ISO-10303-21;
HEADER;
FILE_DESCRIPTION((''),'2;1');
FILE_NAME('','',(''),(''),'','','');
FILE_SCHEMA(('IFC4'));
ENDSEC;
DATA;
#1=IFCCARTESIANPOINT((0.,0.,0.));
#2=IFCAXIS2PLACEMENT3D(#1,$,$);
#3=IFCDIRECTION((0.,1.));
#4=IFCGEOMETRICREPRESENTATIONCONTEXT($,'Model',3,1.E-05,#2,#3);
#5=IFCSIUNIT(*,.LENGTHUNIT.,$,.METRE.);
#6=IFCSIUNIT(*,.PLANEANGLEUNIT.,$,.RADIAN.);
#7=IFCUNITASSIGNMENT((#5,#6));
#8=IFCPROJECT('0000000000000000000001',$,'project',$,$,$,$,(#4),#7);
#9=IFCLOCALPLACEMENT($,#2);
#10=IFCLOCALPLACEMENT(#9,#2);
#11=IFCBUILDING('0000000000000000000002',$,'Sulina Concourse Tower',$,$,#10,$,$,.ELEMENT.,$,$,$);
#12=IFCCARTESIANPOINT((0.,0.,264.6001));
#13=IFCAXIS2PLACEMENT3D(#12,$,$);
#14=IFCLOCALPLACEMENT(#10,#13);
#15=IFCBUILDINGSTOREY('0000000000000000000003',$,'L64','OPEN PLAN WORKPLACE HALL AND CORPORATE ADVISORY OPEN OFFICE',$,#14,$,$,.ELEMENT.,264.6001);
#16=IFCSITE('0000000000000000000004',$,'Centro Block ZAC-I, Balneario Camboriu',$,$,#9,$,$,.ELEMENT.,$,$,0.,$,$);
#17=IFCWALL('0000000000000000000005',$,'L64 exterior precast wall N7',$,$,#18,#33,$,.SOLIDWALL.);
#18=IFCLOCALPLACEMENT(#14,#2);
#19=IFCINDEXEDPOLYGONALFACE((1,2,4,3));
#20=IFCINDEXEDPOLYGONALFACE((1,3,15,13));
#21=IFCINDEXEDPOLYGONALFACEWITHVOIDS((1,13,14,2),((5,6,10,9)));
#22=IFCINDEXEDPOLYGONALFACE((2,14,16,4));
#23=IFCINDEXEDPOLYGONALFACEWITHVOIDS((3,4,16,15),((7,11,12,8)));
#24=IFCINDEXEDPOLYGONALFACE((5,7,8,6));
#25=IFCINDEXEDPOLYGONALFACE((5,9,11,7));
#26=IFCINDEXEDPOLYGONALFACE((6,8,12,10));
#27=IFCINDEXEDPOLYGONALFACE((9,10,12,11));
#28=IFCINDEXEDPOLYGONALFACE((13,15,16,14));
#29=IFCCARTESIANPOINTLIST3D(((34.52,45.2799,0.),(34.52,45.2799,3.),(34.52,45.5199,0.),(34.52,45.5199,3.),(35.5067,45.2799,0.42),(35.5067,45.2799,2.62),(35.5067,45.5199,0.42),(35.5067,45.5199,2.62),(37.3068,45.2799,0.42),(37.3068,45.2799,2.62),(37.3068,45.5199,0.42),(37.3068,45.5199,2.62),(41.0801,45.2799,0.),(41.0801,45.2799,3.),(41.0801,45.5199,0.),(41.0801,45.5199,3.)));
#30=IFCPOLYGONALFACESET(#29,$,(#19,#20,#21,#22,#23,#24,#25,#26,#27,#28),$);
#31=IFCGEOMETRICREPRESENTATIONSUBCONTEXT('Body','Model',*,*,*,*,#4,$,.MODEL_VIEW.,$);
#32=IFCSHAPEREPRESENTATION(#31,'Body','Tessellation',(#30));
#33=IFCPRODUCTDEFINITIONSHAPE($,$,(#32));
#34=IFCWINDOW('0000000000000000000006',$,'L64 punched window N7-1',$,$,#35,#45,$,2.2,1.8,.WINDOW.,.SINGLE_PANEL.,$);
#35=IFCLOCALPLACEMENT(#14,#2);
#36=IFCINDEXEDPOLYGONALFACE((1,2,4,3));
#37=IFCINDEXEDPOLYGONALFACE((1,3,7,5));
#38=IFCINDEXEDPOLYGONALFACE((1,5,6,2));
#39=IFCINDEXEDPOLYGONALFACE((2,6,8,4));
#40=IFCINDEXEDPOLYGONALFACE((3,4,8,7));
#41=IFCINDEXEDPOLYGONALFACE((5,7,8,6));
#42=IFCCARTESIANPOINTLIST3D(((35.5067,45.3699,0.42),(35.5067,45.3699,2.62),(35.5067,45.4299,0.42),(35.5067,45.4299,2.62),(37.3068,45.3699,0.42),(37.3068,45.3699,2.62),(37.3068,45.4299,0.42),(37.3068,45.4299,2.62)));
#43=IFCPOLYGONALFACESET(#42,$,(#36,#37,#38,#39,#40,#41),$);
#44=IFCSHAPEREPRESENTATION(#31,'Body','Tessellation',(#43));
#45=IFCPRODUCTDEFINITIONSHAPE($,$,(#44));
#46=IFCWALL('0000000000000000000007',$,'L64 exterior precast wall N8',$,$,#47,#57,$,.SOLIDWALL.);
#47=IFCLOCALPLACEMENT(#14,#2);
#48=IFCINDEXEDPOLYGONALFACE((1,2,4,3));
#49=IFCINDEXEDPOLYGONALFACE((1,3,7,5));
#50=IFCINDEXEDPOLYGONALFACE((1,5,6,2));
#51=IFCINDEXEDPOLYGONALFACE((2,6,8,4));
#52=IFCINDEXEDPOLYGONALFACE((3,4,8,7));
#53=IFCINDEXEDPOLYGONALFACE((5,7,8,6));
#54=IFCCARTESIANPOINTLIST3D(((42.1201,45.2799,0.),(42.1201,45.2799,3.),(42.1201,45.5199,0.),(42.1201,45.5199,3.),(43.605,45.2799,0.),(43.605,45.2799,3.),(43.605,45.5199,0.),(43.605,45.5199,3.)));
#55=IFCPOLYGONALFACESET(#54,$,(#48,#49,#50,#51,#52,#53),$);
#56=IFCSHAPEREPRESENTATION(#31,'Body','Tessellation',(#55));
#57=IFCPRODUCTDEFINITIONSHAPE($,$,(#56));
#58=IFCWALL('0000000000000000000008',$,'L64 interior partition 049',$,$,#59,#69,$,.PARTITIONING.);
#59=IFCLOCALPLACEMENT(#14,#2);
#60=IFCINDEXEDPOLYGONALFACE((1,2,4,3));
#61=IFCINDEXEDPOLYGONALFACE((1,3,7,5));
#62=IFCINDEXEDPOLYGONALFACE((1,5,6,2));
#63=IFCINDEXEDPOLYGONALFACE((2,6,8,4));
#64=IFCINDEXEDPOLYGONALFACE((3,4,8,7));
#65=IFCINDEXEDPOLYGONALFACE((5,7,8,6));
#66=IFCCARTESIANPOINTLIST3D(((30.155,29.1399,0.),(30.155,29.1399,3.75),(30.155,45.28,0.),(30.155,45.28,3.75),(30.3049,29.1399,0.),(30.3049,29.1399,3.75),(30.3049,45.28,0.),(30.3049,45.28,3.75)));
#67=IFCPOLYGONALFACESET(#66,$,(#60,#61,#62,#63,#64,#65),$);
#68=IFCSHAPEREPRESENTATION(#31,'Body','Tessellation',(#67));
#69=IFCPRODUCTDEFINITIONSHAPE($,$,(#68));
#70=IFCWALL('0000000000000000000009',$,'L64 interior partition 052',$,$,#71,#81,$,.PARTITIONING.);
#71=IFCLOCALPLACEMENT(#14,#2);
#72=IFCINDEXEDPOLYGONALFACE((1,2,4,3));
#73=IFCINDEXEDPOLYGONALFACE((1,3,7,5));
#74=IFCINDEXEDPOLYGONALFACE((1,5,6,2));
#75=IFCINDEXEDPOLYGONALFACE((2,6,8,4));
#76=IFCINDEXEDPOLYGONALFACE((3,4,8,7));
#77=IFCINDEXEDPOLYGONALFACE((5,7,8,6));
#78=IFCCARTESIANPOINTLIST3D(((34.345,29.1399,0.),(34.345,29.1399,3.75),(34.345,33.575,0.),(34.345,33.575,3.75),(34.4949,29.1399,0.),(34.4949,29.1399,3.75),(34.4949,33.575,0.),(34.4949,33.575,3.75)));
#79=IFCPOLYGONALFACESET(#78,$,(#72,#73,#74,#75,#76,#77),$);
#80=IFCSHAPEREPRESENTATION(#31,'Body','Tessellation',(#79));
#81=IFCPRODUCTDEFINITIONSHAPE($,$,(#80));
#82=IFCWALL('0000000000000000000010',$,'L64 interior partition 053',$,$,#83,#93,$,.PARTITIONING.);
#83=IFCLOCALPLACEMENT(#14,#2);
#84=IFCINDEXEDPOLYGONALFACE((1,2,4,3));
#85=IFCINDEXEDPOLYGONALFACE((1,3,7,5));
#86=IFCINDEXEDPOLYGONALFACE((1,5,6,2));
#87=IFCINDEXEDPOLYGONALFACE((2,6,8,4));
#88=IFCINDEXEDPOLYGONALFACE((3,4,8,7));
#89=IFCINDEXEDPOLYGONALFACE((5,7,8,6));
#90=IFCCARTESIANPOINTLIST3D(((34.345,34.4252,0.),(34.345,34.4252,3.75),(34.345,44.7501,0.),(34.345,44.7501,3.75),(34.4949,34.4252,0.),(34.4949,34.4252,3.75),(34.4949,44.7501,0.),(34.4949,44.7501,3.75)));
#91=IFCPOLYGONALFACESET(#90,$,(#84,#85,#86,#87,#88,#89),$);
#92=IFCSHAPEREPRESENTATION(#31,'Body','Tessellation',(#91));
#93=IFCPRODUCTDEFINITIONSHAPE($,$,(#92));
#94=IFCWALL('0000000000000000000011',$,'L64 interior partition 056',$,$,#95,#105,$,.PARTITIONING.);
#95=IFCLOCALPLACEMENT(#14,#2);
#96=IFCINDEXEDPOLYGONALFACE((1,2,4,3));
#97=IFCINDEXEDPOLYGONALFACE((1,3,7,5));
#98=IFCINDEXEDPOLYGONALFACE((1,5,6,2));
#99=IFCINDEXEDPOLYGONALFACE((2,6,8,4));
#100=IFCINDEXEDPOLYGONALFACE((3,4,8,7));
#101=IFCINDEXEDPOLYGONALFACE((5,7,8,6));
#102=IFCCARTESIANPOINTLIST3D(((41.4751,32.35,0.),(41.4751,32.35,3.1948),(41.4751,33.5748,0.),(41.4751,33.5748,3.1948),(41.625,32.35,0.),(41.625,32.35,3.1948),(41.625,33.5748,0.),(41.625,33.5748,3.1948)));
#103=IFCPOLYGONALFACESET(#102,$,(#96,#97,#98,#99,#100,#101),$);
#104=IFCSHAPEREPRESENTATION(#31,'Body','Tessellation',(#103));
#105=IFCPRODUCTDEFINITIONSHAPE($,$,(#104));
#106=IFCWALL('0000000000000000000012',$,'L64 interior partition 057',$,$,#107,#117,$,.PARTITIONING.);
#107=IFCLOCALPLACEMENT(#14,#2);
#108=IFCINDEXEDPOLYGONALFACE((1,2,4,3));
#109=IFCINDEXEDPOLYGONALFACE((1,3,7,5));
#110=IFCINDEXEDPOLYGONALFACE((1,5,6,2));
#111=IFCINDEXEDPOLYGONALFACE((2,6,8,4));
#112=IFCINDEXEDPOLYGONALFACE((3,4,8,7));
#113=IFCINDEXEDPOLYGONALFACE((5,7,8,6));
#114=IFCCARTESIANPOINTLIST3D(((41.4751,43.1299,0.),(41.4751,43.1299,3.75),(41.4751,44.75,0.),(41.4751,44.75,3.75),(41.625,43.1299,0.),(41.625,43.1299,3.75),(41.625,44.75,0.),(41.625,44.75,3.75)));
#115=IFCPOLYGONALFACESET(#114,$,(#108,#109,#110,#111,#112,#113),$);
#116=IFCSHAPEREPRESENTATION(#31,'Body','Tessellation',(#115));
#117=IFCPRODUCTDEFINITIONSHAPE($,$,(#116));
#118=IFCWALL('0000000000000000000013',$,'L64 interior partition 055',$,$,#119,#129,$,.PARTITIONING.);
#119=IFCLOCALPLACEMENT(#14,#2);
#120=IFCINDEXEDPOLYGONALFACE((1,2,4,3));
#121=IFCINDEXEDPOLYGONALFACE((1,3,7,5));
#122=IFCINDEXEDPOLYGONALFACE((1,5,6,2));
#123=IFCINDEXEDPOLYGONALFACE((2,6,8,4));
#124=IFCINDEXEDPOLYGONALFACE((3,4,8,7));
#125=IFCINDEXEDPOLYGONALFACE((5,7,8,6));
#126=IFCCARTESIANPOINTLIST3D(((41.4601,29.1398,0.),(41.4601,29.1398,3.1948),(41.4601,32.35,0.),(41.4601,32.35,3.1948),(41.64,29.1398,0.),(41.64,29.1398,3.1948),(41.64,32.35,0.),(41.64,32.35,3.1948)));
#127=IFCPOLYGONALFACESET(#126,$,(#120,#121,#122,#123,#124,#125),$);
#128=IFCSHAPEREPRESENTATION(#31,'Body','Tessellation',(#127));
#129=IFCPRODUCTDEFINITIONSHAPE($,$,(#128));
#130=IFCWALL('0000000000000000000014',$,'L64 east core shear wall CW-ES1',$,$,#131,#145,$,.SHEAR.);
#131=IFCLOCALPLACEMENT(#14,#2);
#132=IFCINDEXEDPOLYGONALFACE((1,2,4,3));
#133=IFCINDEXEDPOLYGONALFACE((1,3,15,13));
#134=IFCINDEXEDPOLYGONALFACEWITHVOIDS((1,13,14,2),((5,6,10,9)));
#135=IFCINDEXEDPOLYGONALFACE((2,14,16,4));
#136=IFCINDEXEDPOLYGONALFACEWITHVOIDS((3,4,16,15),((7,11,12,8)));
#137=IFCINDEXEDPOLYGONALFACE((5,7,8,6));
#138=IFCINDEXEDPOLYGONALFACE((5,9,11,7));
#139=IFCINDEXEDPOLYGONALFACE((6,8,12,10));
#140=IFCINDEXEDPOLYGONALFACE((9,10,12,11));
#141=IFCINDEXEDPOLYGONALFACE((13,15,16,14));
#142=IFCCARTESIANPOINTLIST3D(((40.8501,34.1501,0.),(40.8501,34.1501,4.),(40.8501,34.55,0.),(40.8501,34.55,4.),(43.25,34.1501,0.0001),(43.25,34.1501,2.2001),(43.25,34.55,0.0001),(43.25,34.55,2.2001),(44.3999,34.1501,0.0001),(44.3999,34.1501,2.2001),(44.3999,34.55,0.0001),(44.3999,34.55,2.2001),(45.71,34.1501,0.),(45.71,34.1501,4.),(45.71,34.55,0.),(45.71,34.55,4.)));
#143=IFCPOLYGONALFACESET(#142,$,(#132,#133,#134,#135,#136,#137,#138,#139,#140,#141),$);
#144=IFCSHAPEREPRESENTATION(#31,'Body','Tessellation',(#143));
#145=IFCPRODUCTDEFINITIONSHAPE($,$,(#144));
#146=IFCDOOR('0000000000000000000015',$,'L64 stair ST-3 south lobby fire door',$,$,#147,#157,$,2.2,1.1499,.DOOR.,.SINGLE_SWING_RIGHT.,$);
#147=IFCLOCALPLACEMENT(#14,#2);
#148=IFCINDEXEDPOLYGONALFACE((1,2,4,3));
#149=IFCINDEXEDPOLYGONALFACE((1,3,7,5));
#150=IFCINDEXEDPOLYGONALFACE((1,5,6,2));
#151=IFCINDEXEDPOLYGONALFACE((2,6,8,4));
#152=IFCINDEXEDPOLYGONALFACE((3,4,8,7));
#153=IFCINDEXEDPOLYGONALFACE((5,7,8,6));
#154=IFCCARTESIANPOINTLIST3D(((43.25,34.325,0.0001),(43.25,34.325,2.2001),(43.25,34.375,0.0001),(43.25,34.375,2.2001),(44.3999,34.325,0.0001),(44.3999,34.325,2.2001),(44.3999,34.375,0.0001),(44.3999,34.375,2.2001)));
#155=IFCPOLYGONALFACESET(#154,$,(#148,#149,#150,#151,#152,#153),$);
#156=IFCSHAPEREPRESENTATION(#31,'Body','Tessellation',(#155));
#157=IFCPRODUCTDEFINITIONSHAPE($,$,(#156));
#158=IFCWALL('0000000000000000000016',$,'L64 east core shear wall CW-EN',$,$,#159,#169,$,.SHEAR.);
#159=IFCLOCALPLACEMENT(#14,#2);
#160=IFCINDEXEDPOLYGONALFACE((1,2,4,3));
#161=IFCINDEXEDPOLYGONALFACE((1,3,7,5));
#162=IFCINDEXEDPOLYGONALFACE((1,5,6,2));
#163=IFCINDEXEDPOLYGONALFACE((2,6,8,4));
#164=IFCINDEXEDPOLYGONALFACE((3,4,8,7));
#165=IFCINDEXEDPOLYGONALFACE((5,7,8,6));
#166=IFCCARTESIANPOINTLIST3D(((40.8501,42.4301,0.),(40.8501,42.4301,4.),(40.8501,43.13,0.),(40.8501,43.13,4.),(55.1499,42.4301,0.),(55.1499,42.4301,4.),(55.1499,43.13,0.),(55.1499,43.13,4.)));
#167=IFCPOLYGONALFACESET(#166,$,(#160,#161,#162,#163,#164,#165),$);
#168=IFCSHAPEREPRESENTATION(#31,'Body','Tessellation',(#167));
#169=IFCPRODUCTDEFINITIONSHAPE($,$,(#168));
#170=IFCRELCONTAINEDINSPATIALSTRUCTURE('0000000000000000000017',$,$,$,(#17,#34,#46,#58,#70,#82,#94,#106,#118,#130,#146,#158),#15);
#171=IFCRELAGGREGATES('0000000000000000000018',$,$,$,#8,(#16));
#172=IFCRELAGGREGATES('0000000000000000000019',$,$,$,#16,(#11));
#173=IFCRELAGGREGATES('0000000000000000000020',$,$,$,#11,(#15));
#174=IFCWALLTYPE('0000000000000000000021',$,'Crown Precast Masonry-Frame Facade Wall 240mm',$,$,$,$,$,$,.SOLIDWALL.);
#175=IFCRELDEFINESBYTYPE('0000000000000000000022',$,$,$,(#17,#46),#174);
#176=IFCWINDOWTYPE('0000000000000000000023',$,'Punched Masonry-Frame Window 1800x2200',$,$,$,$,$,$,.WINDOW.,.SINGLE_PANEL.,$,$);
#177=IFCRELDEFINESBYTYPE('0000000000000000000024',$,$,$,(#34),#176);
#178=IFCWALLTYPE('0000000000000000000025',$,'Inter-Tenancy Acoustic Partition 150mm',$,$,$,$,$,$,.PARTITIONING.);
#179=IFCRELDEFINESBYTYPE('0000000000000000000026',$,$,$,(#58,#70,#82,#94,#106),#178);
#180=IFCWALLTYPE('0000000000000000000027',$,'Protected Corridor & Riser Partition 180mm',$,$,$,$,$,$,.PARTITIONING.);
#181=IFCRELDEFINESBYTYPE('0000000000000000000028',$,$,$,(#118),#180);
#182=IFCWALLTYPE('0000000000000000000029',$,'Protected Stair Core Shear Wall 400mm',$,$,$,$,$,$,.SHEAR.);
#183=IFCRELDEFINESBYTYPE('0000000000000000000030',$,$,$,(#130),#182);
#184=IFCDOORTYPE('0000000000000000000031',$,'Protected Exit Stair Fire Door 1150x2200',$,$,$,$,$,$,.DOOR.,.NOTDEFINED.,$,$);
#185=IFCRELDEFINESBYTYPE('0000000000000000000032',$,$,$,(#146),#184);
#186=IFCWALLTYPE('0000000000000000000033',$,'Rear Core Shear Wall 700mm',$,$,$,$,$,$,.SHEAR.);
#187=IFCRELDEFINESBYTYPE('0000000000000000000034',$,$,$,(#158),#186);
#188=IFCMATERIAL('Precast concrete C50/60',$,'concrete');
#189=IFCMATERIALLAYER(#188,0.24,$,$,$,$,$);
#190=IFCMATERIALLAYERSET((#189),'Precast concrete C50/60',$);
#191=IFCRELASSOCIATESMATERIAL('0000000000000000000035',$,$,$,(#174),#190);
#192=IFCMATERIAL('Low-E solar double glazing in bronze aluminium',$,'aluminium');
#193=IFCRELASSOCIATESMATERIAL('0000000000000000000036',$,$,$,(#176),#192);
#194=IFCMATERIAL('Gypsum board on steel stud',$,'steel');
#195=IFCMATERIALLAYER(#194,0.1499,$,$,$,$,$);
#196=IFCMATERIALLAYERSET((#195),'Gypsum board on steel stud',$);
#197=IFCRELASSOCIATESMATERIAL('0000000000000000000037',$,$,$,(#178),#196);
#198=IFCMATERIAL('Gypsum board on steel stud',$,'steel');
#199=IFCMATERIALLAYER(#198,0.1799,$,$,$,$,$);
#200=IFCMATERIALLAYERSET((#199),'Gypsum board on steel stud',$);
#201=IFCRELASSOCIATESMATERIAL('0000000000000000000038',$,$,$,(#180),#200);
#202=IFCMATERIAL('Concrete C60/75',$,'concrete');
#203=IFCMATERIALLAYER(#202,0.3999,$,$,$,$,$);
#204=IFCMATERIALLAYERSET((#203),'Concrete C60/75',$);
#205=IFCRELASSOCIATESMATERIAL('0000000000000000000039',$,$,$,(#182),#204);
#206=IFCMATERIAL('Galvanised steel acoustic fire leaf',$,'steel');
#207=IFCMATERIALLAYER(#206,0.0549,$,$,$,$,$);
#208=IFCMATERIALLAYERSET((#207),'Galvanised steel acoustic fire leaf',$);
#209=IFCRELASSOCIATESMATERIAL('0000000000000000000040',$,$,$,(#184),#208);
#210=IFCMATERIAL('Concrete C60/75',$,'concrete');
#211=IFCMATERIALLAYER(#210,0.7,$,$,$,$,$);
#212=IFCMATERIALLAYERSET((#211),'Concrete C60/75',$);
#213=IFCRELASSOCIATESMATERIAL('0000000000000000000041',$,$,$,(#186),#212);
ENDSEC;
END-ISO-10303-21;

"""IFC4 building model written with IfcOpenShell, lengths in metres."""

from ifc_helpers import new_model, si_unit, direction, frame, frame_2d, origin, place, context, subcontext, project, spatial, rectangle, extrude, material, layer, layer_set, type_object, element, fill, save


model = new_model("IFC4")

# Units and contexts
model_context = context("Model", 3, precision=1e-05, world=origin(), true_north=direction((0.0, 1.0)))
body_context = subcontext(model_context, "Body", "Model", "MODEL_VIEW")
ifc_project = project(units=[si_unit("LENGTHUNIT", "METRE"), si_unit("PLANEANGLEUNIT", "RADIAN")], contexts=[model_context])

# Site, building, storey
site_placement = place(None, origin())
site = spatial("IfcSite", under=ifc_project, at=site_placement, Name="Centro Block ZAC-I, Balneario Camboriu", CompositionType="ELEMENT", RefElevation=0.0)
building_placement = place(site_placement, origin())
building = spatial("IfcBuilding", under=site, at=building_placement, Name="Sulina Concourse Tower", CompositionType="ELEMENT")
storey_placement = place(building_placement, frame((0.0, 0.0, 264.6001)))
storey = spatial("IfcBuildingStorey", under=building, at=storey_placement, Name="L64", Description="OPEN PLAN WORKPLACE HALL AND CORPORATE ADVISORY OPEN OFFICE", CompositionType="ELEMENT", Elevation=264.6001)

# Shared definitions
ifc_material_1 = material(Name="Precast concrete C50/60", Category="concrete")
ifc_layer_1 = layer(ifc_material_1, 0.24)
ifc_layer_set_1 = layer_set([ifc_layer_1], Name="Precast concrete C50/60")
wall_type_1 = type_object("IfcWallType", Name="Crown Precast Masonry-Frame Facade Wall 240mm", PredefinedType="SOLIDWALL", material=ifc_layer_set_1)

# Wall, opening, window
wall_1_placement = place(storey_placement, frame((34.52, 45.3999, 0.0), z_axis=(0.0, 0.0, 1.0), x_axis=(1.0, 0.0, 0.0)))
wall_1 = element("IfcWall", 1, at=wall_1_placement, inside=storey, type_object=wall_type_1, Name="L64 exterior precast wall N7", PredefinedType="SOLIDWALL", context=body_context, shape_type="SweptSolid", body=[
    extrude(rectangle(XDim=6.5601, YDim=0.24, at=frame_2d((3.28, 0.0))), origin(), (0.0, 0.0, 1.0), 3.0),
])
opening_1_placement = place(wall_1_placement, frame((0.9868, 0.0, 0.4199)))
opening_1 = element("IfcOpeningElement", 2, at=opening_1_placement, cuts=wall_1, PredefinedType="OPENING", context=body_context, shape_type="SweptSolid", body=[
    extrude(rectangle(XDim=1.8, YDim=2.2, at=frame_2d((0.8999, 1.1001))), frame((0.0, 0.1299, 0.0), z_axis=(0.0, -1.0, 0.0), x_axis=(1.0, 0.0, 0.0)), (0.0, 0.0, 1.0), 0.26),
])
ifc_material_2 = material(Name="Low-E solar double glazing in bronze aluminium", Category="aluminium")
window_type = type_object("IfcWindowType", Name="Punched Masonry-Frame Window 1800x2200", PartitioningType="SINGLE_PANEL", PredefinedType="WINDOW", material=ifc_material_2)
window_placement = place(opening_1_placement, origin())
window = element("IfcWindow", 3, at=window_placement, inside=storey, type_object=window_type, Name="L64 punched window N7-1", OverallHeight=2.2, OverallWidth=1.8, PartitioningType="SINGLE_PANEL", PredefinedType="WINDOW", context=body_context, shape_type="SweptSolid", body=[
    extrude(rectangle(XDim=1.8, YDim=2.2, at=frame_2d((0.8999, 1.1001))), frame((0.0, 0.03, 0.0), z_axis=(0.0, -1.0, 0.0), x_axis=(1.0, 0.0, 0.0)), (0.0, 0.0, 1.0), 0.0601),
])
fill(opening_1, window)

# Walls
wall_2_placement = place(storey_placement, frame((42.1201, 45.3999, 0.0), z_axis=(0.0, 0.0, 1.0), x_axis=(1.0, 0.0, 0.0)))
element("IfcWall", 4, at=wall_2_placement, inside=storey, type_object=wall_type_1, Name="L64 exterior precast wall N8", PredefinedType="SOLIDWALL", context=body_context, shape_type="SweptSolid", body=[
    extrude(rectangle(XDim=1.4849, YDim=0.24, at=frame_2d((0.7424, 0.0))), origin(), (0.0, 0.0, 1.0), 3.0),
])
ifc_material_3 = material(Name="Gypsum board on steel stud", Category="steel")
ifc_layer_2 = layer(ifc_material_3, 0.1499)
ifc_layer_set_2 = layer_set([ifc_layer_2], Name="Gypsum board on steel stud")
wall_type_2 = type_object("IfcWallType", Name="Inter-Tenancy Acoustic Partition 150mm", PredefinedType="PARTITIONING", material=ifc_layer_set_2)
wall_3_placement = place(storey_placement, frame((30.23, 29.1399, 0.0), z_axis=(0.0, 0.0, 1.0), x_axis=(0.0, 1.0, 0.0)))
element("IfcWall", 5, at=wall_3_placement, inside=storey, type_object=wall_type_2, Name="L64 interior partition 049", PredefinedType="PARTITIONING", context=body_context, shape_type="SweptSolid", body=[
    extrude(rectangle(XDim=16.1401, YDim=0.1499, at=frame_2d((8.0701, 0.0))), origin(), (0.0, 0.0, 1.0), 3.75),
])
wall_4_placement = place(storey_placement, frame((34.4199, 29.1399, 0.0), z_axis=(0.0, 0.0, 1.0), x_axis=(0.0, 1.0, 0.0)))
element("IfcWall", 6, at=wall_4_placement, inside=storey, type_object=wall_type_2, Name="L64 interior partition 052", PredefinedType="PARTITIONING", context=body_context, shape_type="SweptSolid", body=[
    extrude(rectangle(XDim=4.4351, YDim=0.1499, at=frame_2d((2.2175, 0.0))), origin(), (0.0, 0.0, 1.0), 3.75),
])
wall_5_placement = place(storey_placement, frame((34.4199, 34.425, 0.0), z_axis=(0.0, 0.0, 1.0), x_axis=(0.0, 1.0, 0.0)))
element("IfcWall", 7, at=wall_5_placement, inside=storey, type_object=wall_type_2, Name="L64 interior partition 053", PredefinedType="PARTITIONING", context=body_context, shape_type="SweptSolid", body=[
    extrude(rectangle(XDim=10.325, YDim=0.1499, at=frame_2d((5.1626, 0.0))), origin(), (0.0, 0.0, 1.0), 3.75),
])
wall_6_placement = place(storey_placement, frame((41.55, 32.3501, 0.0), z_axis=(0.0, 0.0, 1.0), x_axis=(0.0, 1.0, 0.0)))
element("IfcWall", 8, at=wall_6_placement, inside=storey, type_object=wall_type_2, Name="L64 interior partition 056", PredefinedType="PARTITIONING", context=body_context, shape_type="SweptSolid", body=[
    extrude(rectangle(XDim=1.2249, YDim=0.1499, at=frame_2d((0.6123, 0.0))), origin(), (0.0, 0.0, 1.0), 3.1948),
])
wall_7_placement = place(storey_placement, frame((41.55, 43.1299, 0.0), z_axis=(0.0, 0.0, 1.0), x_axis=(0.0, 1.0, 0.0)))
element("IfcWall", 9, at=wall_7_placement, inside=storey, type_object=wall_type_2, Name="L64 interior partition 057", PredefinedType="PARTITIONING", context=body_context, shape_type="SweptSolid", body=[
    extrude(rectangle(XDim=1.6201, YDim=0.1499, at=frame_2d((0.8101, 0.0))), origin(), (0.0, 0.0, 1.0), 3.75),
])
ifc_material_4 = material(Name="Gypsum board on steel stud", Category="steel")
ifc_layer_3 = layer(ifc_material_4, 0.1799)
ifc_layer_set_3 = layer_set([ifc_layer_3], Name="Gypsum board on steel stud")
wall_type_3 = type_object("IfcWallType", Name="Protected Corridor & Riser Partition 180mm", PredefinedType="PARTITIONING", material=ifc_layer_set_3)
wall_8_placement = place(storey_placement, frame((41.55, 29.1399, 0.0), z_axis=(0.0, 0.0, 1.0), x_axis=(0.0, 1.0, 0.0)))
element("IfcWall", 10, at=wall_8_placement, inside=storey, type_object=wall_type_3, Name="L64 interior partition 055", PredefinedType="PARTITIONING", context=body_context, shape_type="SweptSolid", body=[
    extrude(rectangle(XDim=3.2102, YDim=0.1799, at=frame_2d((1.605, 0.0))), origin(), (0.0, 0.0, 1.0), 3.1948),
])

# Wall, opening, door
ifc_material_5 = material(Name="Concrete C60/75", Category="concrete")
ifc_layer_4 = layer(ifc_material_5, 0.3999)
ifc_layer_set_4 = layer_set([ifc_layer_4], Name="Concrete C60/75")
wall_type_4 = type_object("IfcWallType", Name="Protected Stair Core Shear Wall 400mm", PredefinedType="SHEAR", material=ifc_layer_set_4)
wall_9_placement = place(storey_placement, frame((40.8501, 34.3501, 0.0), z_axis=(0.0, 0.0, 1.0), x_axis=(1.0, 0.0, 0.0)))
wall_9 = element("IfcWall", 11, at=wall_9_placement, inside=storey, type_object=wall_type_4, Name="L64 east core shear wall CW-ES1", PredefinedType="SHEAR", context=body_context, shape_type="SweptSolid", body=[
    extrude(rectangle(XDim=4.8599, YDim=0.3999, at=frame_2d((2.4299, 0.0))), origin(), (0.0, 0.0, 1.0), 4.0),
])
opening_2_placement = place(wall_9_placement, frame((2.3999, 0.0, 0.0)))
opening_2 = element("IfcOpeningElement", 12, at=opening_2_placement, cuts=wall_9, PredefinedType="OPENING", context=body_context, shape_type="SweptSolid", body=[
    extrude(rectangle(XDim=1.1499, YDim=2.2, at=frame_2d((0.575, 1.1001))), frame((0.0, 0.21, 0.0), z_axis=(0.0, -1.0, 0.0), x_axis=(1.0, 0.0, 0.0)), (0.0, 0.0, 1.0), 0.4199),
])
ifc_material_6 = material(Name="Galvanised steel acoustic fire leaf", Category="steel")
ifc_layer_5 = layer(ifc_material_6, 0.0549)
ifc_layer_set_5 = layer_set([ifc_layer_5], Name="Galvanised steel acoustic fire leaf")
door_type = type_object("IfcDoorType", Name="Protected Exit Stair Fire Door 1150x2200", OperationType="NOTDEFINED", PredefinedType="DOOR", material=ifc_layer_set_5)
door_placement = place(opening_2_placement, origin())
door = element("IfcDoor", 13, at=door_placement, inside=storey, type_object=door_type, Name="L64 stair ST-3 south lobby fire door", OperationType="SINGLE_SWING_RIGHT", OverallHeight=2.2, OverallWidth=1.1499, PredefinedType="DOOR", context=body_context, shape_type="SweptSolid", body=[
    extrude(rectangle(XDim=1.1499, YDim=2.2, at=frame_2d((0.575, 1.1001))), frame((0.0, 0.0249, 0.0), z_axis=(0.0, -1.0, 0.0), x_axis=(1.0, 0.0, 0.0)), (0.0, 0.0, 1.0), 0.05),
])
fill(opening_2, door)

# Wall
ifc_material_7 = material(Name="Concrete C60/75", Category="concrete")
ifc_layer_6 = layer(ifc_material_7, 0.7)
ifc_layer_set_6 = layer_set([ifc_layer_6], Name="Concrete C60/75")
wall_type_5 = type_object("IfcWallType", Name="Rear Core Shear Wall 700mm", PredefinedType="SHEAR", material=ifc_layer_set_6)
wall_10_placement = place(storey_placement, frame((40.8501, 42.78, 0.0), z_axis=(0.0, 0.0, 1.0), x_axis=(1.0, 0.0, 0.0)))
element("IfcWall", 14, at=wall_10_placement, inside=storey, type_object=wall_type_5, Name="L64 east core shear wall CW-EN", PredefinedType="SHEAR", context=body_context, shape_type="SweptSolid", body=[
    extrude(rectangle(XDim=14.2998, YDim=0.7, at=frame_2d((7.1499, 0.0))), origin(), (0.0, 0.0, 1.0), 4.0),
])

save(model, "model.ifc")
